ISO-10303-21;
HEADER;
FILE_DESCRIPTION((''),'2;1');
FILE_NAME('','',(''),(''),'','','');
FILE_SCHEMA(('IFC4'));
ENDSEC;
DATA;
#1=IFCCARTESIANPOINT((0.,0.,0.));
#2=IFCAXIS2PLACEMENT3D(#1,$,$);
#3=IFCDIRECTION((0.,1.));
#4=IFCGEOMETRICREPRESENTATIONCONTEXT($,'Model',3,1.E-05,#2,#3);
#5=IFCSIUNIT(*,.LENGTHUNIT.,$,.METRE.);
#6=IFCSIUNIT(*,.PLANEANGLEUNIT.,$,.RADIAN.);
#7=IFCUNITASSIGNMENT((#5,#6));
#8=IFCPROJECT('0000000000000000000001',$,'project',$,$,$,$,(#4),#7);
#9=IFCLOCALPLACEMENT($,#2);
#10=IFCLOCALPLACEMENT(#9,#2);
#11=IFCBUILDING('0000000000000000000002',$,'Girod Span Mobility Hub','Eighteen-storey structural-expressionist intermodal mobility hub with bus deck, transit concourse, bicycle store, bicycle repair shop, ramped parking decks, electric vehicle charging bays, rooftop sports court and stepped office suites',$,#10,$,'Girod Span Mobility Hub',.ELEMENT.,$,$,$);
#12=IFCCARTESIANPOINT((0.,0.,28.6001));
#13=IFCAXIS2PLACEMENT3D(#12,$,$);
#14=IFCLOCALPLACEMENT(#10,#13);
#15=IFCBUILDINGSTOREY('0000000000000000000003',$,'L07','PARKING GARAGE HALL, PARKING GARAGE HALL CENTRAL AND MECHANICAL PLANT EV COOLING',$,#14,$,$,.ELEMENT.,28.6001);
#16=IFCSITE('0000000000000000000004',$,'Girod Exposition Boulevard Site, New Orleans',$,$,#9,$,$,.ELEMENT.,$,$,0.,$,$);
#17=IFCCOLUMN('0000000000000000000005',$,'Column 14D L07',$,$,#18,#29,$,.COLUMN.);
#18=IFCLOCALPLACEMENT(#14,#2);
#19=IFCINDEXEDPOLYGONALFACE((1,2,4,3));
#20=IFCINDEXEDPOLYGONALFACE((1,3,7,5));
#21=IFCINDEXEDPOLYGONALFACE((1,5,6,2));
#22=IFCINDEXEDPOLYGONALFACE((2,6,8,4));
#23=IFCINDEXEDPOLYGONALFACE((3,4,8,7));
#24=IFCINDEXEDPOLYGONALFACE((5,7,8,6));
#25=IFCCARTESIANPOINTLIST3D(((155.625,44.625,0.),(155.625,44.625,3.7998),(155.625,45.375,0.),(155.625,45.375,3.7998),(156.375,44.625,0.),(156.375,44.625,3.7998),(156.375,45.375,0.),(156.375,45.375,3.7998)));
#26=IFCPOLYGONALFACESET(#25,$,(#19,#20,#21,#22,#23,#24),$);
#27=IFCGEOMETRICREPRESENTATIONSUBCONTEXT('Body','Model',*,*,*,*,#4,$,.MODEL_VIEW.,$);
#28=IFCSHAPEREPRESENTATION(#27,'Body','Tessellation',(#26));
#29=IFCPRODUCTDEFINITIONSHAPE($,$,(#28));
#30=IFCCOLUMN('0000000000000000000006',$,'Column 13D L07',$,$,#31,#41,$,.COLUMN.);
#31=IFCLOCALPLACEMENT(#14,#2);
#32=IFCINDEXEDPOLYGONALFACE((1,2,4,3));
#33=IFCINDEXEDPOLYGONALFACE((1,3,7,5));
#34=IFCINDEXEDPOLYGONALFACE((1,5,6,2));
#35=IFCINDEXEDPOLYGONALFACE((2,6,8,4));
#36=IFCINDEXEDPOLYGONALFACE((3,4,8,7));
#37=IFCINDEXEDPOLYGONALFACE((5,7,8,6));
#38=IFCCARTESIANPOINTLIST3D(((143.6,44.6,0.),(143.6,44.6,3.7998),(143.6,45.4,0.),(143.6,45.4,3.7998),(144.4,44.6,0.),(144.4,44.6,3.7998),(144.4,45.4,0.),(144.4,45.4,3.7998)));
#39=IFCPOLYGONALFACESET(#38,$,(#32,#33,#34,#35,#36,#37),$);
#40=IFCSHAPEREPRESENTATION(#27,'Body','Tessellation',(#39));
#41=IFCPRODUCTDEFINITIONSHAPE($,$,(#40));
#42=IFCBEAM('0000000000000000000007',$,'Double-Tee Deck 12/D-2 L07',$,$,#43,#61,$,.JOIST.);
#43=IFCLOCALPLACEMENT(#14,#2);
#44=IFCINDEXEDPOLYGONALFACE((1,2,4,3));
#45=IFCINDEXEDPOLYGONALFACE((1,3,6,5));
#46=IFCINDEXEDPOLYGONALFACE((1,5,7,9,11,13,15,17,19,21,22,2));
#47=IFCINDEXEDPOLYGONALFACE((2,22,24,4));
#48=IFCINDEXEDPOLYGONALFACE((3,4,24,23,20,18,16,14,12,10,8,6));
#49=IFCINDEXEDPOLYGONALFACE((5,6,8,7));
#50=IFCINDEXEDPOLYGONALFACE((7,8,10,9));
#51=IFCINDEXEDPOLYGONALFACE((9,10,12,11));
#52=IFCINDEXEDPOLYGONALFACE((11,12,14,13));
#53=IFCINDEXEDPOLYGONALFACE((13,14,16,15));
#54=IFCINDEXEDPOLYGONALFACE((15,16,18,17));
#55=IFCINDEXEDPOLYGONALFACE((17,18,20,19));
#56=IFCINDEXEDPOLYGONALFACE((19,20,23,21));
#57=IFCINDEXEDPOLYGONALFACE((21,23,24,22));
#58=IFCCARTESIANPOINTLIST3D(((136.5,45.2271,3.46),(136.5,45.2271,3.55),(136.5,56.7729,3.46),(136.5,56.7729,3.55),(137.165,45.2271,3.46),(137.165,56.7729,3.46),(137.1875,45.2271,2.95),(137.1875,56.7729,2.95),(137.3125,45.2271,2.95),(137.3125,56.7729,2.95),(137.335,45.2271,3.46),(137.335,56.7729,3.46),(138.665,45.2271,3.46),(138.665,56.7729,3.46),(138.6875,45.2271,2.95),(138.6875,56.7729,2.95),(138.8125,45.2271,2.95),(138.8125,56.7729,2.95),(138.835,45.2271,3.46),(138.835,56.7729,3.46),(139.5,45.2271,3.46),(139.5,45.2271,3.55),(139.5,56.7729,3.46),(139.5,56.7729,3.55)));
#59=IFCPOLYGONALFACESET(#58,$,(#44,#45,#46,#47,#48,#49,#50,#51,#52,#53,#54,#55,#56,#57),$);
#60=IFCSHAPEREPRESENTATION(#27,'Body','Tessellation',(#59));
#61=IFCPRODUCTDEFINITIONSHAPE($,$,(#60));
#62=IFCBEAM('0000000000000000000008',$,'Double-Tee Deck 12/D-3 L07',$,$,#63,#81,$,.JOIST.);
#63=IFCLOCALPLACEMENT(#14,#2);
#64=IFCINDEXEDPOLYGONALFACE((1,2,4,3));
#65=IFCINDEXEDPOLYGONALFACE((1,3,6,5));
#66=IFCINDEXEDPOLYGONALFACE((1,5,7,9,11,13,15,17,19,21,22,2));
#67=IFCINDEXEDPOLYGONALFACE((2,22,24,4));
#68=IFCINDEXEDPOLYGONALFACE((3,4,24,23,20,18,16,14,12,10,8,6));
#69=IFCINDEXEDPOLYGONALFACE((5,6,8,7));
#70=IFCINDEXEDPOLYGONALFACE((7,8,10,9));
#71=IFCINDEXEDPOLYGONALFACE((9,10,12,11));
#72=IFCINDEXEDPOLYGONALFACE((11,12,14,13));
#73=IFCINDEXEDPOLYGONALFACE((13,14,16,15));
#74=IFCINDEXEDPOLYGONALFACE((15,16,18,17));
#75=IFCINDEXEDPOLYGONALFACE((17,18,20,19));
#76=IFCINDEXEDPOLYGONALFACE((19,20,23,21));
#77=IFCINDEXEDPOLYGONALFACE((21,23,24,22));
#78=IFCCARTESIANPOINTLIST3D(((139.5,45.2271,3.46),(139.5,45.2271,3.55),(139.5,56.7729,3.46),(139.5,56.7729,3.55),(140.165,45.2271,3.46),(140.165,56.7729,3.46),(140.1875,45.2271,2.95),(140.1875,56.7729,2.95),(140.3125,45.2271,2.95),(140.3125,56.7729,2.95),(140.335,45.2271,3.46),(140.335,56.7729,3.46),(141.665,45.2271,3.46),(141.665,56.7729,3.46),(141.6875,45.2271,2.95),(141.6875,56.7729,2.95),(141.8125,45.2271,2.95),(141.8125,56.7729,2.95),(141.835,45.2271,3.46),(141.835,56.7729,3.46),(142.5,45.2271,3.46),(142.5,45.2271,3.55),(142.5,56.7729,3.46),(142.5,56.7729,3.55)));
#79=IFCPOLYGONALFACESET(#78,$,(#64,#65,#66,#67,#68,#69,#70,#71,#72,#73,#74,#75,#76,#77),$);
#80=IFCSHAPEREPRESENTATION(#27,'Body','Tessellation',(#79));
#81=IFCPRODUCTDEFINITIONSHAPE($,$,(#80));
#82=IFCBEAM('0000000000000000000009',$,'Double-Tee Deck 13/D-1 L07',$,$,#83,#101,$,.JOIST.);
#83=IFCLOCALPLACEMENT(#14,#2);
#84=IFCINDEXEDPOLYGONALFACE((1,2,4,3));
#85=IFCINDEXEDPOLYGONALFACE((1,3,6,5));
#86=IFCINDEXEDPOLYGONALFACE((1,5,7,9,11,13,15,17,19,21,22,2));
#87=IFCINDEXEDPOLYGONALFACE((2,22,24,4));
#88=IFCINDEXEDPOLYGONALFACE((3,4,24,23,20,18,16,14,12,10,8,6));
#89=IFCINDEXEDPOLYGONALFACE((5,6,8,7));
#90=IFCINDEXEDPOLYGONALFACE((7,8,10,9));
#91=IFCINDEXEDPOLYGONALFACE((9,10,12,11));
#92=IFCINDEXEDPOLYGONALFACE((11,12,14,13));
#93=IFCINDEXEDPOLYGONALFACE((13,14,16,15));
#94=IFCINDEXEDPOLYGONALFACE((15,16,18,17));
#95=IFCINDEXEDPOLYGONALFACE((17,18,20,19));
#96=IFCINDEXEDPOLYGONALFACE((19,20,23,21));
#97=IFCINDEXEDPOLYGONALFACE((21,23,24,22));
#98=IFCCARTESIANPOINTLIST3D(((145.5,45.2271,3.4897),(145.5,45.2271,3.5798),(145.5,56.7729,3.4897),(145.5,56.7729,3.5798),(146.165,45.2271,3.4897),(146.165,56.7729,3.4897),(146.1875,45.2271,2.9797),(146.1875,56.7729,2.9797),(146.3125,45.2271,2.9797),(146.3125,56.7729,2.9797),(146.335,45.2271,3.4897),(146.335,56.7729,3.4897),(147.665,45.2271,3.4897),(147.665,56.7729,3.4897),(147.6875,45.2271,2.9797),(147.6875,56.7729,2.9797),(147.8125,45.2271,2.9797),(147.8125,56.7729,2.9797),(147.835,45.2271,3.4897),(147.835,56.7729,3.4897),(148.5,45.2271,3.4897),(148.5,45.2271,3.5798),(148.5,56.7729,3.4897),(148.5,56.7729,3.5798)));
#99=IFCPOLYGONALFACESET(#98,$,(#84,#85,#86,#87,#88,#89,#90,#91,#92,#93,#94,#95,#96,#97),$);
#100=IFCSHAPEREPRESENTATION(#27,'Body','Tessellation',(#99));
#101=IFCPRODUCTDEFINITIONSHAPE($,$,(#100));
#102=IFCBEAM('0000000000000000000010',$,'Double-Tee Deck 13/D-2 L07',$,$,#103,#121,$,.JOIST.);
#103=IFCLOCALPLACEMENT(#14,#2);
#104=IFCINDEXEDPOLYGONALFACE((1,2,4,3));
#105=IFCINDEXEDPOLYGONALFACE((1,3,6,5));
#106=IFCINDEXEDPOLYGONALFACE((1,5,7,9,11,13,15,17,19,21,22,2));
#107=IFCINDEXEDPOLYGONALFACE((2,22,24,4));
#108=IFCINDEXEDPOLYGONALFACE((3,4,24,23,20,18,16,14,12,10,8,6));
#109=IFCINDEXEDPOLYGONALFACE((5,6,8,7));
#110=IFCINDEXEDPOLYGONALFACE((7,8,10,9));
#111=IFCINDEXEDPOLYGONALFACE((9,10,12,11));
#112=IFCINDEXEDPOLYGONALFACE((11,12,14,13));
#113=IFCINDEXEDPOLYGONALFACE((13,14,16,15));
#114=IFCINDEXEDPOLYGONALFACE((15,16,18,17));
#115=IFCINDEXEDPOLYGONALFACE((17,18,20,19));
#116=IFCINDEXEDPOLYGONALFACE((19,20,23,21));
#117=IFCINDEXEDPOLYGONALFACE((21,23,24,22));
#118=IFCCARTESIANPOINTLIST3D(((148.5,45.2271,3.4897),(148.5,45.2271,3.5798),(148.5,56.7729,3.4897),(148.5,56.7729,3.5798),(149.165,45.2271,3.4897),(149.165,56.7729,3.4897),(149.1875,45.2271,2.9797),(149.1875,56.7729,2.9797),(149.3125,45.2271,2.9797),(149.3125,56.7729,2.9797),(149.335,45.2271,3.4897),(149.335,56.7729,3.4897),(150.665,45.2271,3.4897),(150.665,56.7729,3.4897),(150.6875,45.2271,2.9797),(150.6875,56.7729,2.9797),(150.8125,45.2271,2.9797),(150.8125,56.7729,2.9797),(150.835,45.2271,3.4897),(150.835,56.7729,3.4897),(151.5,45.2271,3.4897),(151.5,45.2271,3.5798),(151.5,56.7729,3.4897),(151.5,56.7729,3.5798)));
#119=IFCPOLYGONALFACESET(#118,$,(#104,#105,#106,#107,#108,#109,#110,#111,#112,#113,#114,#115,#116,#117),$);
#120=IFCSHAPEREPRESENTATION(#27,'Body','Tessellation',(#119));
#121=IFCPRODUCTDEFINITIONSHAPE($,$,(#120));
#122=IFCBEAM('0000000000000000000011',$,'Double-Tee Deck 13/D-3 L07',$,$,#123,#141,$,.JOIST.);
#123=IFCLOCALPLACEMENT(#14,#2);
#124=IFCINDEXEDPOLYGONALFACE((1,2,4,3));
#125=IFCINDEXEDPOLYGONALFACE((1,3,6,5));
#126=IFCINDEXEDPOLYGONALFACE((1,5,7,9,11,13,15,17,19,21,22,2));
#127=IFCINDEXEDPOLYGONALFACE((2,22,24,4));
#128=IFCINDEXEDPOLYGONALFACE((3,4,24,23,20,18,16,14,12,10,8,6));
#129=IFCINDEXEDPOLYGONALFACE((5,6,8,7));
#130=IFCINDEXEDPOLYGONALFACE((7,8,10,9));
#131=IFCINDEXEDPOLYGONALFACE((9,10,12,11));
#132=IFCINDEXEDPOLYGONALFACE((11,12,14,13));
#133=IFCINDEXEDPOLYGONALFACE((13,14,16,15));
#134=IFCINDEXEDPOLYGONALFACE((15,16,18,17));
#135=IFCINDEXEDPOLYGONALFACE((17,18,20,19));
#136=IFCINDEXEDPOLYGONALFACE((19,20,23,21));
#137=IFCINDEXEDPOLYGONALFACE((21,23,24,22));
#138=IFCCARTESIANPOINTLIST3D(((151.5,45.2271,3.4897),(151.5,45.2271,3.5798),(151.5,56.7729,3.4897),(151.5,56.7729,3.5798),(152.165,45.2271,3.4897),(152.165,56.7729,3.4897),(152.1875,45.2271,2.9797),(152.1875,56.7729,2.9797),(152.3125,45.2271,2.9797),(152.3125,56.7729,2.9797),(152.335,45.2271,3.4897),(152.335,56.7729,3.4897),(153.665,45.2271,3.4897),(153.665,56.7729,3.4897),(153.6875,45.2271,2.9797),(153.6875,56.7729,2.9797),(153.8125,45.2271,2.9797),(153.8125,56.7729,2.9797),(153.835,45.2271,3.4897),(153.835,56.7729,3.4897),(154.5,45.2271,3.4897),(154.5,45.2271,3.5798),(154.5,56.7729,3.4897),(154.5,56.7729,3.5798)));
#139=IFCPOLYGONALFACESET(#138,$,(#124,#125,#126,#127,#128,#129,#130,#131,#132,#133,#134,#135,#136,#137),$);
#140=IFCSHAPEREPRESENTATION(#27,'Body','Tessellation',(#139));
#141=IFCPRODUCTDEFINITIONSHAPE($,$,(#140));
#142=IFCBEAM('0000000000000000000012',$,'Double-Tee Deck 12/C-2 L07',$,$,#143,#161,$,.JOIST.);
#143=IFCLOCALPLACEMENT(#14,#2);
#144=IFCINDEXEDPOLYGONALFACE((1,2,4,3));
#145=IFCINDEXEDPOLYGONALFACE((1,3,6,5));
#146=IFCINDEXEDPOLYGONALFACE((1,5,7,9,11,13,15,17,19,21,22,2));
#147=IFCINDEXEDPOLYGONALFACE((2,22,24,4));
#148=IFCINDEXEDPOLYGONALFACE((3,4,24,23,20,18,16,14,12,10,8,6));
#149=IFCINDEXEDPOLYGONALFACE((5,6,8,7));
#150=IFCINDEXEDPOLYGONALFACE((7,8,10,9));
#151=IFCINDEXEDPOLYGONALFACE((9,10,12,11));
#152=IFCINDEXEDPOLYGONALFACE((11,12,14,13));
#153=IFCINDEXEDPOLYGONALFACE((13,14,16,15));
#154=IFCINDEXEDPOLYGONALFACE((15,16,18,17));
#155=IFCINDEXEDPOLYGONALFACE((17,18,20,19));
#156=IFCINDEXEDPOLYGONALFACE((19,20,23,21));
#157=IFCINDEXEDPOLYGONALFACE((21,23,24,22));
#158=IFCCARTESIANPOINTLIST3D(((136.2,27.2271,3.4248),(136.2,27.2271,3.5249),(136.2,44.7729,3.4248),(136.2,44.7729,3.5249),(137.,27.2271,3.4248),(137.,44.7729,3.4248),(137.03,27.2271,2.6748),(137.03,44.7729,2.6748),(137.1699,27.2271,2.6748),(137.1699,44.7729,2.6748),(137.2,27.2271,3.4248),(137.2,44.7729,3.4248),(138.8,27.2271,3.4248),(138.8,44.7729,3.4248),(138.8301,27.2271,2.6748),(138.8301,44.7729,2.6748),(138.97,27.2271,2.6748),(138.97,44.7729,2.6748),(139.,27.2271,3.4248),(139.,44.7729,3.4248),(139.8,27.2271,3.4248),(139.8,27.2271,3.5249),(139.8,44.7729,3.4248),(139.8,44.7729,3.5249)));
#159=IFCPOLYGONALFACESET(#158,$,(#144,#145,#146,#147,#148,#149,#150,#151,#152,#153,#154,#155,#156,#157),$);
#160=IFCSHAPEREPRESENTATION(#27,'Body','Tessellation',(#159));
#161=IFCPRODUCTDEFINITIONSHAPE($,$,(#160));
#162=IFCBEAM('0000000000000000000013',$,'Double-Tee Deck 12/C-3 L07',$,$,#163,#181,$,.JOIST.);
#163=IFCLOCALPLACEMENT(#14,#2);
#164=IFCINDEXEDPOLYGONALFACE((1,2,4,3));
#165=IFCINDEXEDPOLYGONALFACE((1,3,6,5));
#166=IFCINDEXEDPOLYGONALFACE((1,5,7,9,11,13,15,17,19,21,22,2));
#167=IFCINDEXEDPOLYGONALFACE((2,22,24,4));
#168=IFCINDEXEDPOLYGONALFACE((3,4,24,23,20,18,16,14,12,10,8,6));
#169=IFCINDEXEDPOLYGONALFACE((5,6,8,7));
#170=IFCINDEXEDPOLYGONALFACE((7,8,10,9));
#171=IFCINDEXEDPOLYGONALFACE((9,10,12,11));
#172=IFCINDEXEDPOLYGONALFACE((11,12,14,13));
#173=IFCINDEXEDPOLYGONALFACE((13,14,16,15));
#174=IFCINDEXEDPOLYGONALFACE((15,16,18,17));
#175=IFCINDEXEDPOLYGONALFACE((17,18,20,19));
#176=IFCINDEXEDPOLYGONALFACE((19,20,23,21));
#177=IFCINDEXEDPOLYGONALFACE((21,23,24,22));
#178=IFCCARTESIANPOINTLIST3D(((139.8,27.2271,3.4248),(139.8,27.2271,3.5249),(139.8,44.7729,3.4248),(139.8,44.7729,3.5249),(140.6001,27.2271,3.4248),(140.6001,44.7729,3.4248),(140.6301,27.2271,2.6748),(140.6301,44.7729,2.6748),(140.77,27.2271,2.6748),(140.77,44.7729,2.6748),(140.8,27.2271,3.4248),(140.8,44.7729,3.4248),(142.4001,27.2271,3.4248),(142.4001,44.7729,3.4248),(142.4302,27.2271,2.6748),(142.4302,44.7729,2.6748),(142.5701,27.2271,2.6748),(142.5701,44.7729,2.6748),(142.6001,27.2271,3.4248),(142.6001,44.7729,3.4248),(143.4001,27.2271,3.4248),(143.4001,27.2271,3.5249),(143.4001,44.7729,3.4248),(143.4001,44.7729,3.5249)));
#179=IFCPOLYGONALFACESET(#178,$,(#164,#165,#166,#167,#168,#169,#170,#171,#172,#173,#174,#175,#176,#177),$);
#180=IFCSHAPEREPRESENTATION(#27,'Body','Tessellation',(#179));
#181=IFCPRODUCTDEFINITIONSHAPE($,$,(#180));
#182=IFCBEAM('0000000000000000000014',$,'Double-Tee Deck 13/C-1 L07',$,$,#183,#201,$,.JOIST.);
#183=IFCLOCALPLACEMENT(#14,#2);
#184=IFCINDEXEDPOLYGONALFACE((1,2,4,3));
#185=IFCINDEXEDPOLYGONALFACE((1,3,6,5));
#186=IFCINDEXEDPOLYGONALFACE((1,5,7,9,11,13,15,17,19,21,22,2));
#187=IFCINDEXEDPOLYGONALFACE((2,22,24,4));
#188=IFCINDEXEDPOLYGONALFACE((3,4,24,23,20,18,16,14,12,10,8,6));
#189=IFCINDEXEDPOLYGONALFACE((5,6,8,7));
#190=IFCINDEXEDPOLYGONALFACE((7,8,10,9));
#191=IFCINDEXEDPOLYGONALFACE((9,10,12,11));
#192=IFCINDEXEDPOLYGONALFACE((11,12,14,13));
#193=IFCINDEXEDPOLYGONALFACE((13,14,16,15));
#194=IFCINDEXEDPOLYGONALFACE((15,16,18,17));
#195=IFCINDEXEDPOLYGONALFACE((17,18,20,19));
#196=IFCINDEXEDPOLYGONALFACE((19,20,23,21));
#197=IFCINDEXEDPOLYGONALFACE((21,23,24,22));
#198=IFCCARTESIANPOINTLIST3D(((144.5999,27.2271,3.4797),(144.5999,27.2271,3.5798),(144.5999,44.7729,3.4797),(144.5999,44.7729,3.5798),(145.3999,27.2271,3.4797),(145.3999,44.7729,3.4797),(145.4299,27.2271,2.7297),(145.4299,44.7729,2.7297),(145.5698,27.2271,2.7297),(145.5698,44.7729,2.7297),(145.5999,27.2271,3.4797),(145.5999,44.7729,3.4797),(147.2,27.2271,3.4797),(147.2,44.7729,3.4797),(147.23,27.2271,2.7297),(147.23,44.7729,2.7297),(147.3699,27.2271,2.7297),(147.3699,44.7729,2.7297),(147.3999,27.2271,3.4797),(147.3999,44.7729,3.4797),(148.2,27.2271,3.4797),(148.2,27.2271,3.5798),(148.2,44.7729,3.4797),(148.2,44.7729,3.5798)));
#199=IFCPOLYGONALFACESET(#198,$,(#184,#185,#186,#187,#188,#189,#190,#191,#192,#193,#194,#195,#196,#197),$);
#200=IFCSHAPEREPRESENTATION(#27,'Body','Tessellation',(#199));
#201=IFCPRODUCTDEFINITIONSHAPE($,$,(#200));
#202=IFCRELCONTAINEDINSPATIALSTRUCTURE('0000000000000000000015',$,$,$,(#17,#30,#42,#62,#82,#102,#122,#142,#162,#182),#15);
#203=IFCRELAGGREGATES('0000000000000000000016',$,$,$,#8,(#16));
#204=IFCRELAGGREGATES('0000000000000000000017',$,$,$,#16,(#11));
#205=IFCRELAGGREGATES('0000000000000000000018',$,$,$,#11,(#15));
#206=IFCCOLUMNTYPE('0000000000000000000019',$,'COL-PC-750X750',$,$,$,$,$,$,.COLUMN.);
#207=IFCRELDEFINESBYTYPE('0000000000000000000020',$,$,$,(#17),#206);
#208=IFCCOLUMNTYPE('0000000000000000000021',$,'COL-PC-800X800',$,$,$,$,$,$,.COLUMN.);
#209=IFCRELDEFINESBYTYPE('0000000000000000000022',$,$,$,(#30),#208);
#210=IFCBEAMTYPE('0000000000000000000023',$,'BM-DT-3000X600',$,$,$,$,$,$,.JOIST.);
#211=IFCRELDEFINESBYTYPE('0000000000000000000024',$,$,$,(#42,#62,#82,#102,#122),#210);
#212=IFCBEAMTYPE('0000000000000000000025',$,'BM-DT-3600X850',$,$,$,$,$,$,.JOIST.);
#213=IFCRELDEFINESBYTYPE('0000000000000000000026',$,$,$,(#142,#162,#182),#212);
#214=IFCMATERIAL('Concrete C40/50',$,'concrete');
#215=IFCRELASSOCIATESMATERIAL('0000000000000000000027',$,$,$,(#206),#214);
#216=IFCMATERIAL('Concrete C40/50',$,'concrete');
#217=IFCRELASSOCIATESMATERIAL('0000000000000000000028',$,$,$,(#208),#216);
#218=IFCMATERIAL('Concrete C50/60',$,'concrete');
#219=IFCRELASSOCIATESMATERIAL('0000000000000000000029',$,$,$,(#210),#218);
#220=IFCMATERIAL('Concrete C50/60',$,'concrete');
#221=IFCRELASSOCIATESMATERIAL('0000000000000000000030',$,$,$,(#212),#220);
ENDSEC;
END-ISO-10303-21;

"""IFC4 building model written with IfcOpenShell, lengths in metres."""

from ifc_helpers import new_model, si_unit, direction, frame, origin, origin_2d, place, context, subcontext, project, spatial, polyline, rectangle, outline, extrude, material, material_profile, profile_set, type_object, element, save


model = new_model("IFC4")

# Units and contexts
model_context = context("Model", 3, precision=1e-05, world=origin(), true_north=direction((0.0, 1.0)))
body_context = subcontext(model_context, "Body", "Model", "MODEL_VIEW")
ifc_project = project(units=[si_unit("LENGTHUNIT", "METRE"), si_unit("PLANEANGLEUNIT", "RADIAN")], contexts=[model_context])

# Site, building, storey
site_placement = place(None, origin())
site = spatial("IfcSite", under=ifc_project, at=site_placement, Name="Girod Exposition Boulevard Site, New Orleans", CompositionType="ELEMENT", RefElevation=0.0)
building_placement = place(site_placement, origin())
building = spatial("IfcBuilding", under=site, at=building_placement, Name="Girod Span Mobility Hub", Description="Eighteen-storey structural-expressionist intermodal mobility hub with bus deck, transit concourse, bicycle store, bicycle repair shop, ramped parking decks, electric vehicle charging bays, rooftop sports court and stepped office suites", LongName="Girod Span Mobility Hub", CompositionType="ELEMENT")
storey_placement = place(building_placement, frame((0.0, 0.0, 28.6001)))
storey = spatial("IfcBuildingStorey", under=building, at=storey_placement, Name="L07", Description="PARKING GARAGE HALL, PARKING GARAGE HALL CENTRAL AND MECHANICAL PLANT EV COOLING", CompositionType="ELEMENT", Elevation=28.6001)

# Columns
ifc_material_1 = material(Name="Concrete C40/50", Category="concrete")
ifc_material_profile_1 = material_profile(ifc_material_1, rectangle(XDim=0.75, YDim=0.75, at=origin_2d()), Name="PC-COL-750X750")
ifc_profile_set_1 = profile_set([ifc_material_profile_1], Name="Concrete C40/50")
column_type_1 = type_object("IfcColumnType", Name="COL-PC-750X750", PredefinedType="COLUMN", material=ifc_profile_set_1)
column_1_placement = place(storey_placement, frame((156.0, 45.0, 0.0), z_axis=(0.0, 0.0, 1.0), x_axis=(1.0, 0.0, 0.0)))
element("IfcColumn", 1, at=column_1_placement, inside=storey, type_object=column_type_1, Name="Column 14D L07", PredefinedType="COLUMN", context=body_context, shape_type="SweptSolid", body=[
    extrude(rectangle(XDim=0.75, YDim=0.75, at=origin_2d()), origin(), (0.0, 0.0, 1.0), 3.7998),
])
ifc_material_2 = material(Name="Concrete C40/50", Category="concrete")
ifc_material_profile_2 = material_profile(ifc_material_2, rectangle(XDim=0.8, YDim=0.8, at=origin_2d()), Name="PC-COL-800X800")
ifc_profile_set_2 = profile_set([ifc_material_profile_2], Name="Concrete C40/50")
column_type_2 = type_object("IfcColumnType", Name="COL-PC-800X800", PredefinedType="COLUMN", material=ifc_profile_set_2)
column_2_placement = place(storey_placement, frame((144.0, 45.0, 0.0), z_axis=(0.0, 0.0, 1.0), x_axis=(1.0, 0.0, 0.0)))
element("IfcColumn", 2, at=column_2_placement, inside=storey, type_object=column_type_2, Name="Column 13D L07", PredefinedType="COLUMN", context=body_context, shape_type="SweptSolid", body=[
    extrude(rectangle(XDim=0.8, YDim=0.8, at=origin_2d()), origin(), (0.0, 0.0, 1.0), 3.7998),
])

# Beams
ifc_material_3 = material(Name="Concrete C50/60", Category="concrete")
ifc_material_profile_3 = material_profile(ifc_material_3, outline(polyline([(-1.5, 0.3), (-1.5, 0.21), (-0.835, 0.21), (-0.8125, -0.3), (-0.6875, -0.3), (-0.665, 0.21), (0.665, 0.21), (0.6875, -0.3), (0.8125, -0.3), (0.835, 0.21), (1.5, 0.21), (1.5, 0.3), (-1.5, 0.3)])), Name="DT-3000X600")
ifc_profile_set_3 = profile_set([ifc_material_profile_3], Name="Concrete C50/60")
beam_type_1 = type_object("IfcBeamType", Name="BM-DT-3000X600", PredefinedType="JOIST", material=ifc_profile_set_3)
for number, where, z_axis, x_axis, name in (
    (3, (138.0, 45.2271, 3.25), (0.0, 1.0, 0.0), (-1.0, 0.0, 0.0), "Double-Tee Deck 12/D-2 L07"),
    (4, (141.0, 45.2271, 3.25), (0.0, 1.0, 0.0), (-1.0, 0.0, 0.0), "Double-Tee Deck 12/D-3 L07"),
    (5, (147.0, 45.2271, 3.2798), (0.0, 1.0, 0.0), (-1.0, 0.0, 0.0), "Double-Tee Deck 13/D-1 L07"),
    (6, (150.0, 45.2271, 3.2798), (0.0, 1.0, 0.0), (-1.0, 0.0, 0.0), "Double-Tee Deck 13/D-2 L07"),
    (7, (153.0, 45.2271, 3.2798), (0.0, 1.0, 0.0), (-1.0, 0.0, 0.0), "Double-Tee Deck 13/D-3 L07"),
):
    element("IfcBeam", number, at=place(storey_placement, frame(where, z_axis=z_axis, x_axis=x_axis)), inside=storey, type_object=beam_type_1, Name=name, PredefinedType="JOIST", context=body_context, shape_type="SweptSolid", body=[
        extrude(outline(polyline([(-1.5, 0.3), (-1.5, 0.21), (-0.835, 0.21), (-0.8125, -0.3), (-0.6875, -0.3), (-0.665, 0.21), (0.665, 0.21), (0.6875, -0.3), (0.8125, -0.3), (0.835, 0.21), (1.5, 0.21), (1.5, 0.3), (-1.5, 0.3)])), origin(), (0.0, 0.0, 1.0), 11.5459),
    ])
ifc_material_4 = material(Name="Concrete C50/60", Category="concrete")
ifc_material_profile_4 = material_profile(ifc_material_4, outline(polyline([(-1.8, 0.425), (-1.8, 0.325), (-1.0, 0.325), (-0.97, -0.425), (-0.8301, -0.425), (-0.8, 0.325), (0.8, 0.325), (0.8301, -0.425), (0.97, -0.425), (1.0, 0.325), (1.8, 0.325), (1.8, 0.425), (-1.8, 0.425)])), Name="DT-3600X850")
ifc_profile_set_4 = profile_set([ifc_material_profile_4], Name="Concrete C50/60")
beam_type_2 = type_object("IfcBeamType", Name="BM-DT-3600X850", PredefinedType="JOIST", material=ifc_profile_set_4)
for number, where, z_axis, x_axis, name in (
    (8, (138.0, 27.2271, 3.0999), (0.0, 1.0, 0.0), (-1.0, 0.0, 0.0), "Double-Tee Deck 12/C-2 L07"),
    (9, (141.6001, 27.2271, 3.0999), (0.0, 1.0, 0.0), (-1.0, 0.0, 0.0), "Double-Tee Deck 12/C-3 L07"),
    (10, (146.3999, 27.2271, 3.1548), (0.0, 1.0, 0.0), (-1.0, 0.0, 0.0), "Double-Tee Deck 13/C-1 L07"),
):
    element("IfcBeam", number, at=place(storey_placement, frame(where, z_axis=z_axis, x_axis=x_axis)), inside=storey, type_object=beam_type_2, Name=name, PredefinedType="JOIST", context=body_context, shape_type="SweptSolid", body=[
        extrude(outline(polyline([(-1.8, 0.425), (-1.8, 0.325), (-1.0, 0.325), (-0.97, -0.425), (-0.8301, -0.425), (-0.8, 0.325), (0.8, 0.325), (0.8301, -0.425), (0.97, -0.425), (1.0, 0.325), (1.8, 0.325), (1.8, 0.425), (-1.8, 0.425)])), origin(), (0.0, 0.0, 1.0), 17.5459),
    ])

save(model, "model.ifc")
